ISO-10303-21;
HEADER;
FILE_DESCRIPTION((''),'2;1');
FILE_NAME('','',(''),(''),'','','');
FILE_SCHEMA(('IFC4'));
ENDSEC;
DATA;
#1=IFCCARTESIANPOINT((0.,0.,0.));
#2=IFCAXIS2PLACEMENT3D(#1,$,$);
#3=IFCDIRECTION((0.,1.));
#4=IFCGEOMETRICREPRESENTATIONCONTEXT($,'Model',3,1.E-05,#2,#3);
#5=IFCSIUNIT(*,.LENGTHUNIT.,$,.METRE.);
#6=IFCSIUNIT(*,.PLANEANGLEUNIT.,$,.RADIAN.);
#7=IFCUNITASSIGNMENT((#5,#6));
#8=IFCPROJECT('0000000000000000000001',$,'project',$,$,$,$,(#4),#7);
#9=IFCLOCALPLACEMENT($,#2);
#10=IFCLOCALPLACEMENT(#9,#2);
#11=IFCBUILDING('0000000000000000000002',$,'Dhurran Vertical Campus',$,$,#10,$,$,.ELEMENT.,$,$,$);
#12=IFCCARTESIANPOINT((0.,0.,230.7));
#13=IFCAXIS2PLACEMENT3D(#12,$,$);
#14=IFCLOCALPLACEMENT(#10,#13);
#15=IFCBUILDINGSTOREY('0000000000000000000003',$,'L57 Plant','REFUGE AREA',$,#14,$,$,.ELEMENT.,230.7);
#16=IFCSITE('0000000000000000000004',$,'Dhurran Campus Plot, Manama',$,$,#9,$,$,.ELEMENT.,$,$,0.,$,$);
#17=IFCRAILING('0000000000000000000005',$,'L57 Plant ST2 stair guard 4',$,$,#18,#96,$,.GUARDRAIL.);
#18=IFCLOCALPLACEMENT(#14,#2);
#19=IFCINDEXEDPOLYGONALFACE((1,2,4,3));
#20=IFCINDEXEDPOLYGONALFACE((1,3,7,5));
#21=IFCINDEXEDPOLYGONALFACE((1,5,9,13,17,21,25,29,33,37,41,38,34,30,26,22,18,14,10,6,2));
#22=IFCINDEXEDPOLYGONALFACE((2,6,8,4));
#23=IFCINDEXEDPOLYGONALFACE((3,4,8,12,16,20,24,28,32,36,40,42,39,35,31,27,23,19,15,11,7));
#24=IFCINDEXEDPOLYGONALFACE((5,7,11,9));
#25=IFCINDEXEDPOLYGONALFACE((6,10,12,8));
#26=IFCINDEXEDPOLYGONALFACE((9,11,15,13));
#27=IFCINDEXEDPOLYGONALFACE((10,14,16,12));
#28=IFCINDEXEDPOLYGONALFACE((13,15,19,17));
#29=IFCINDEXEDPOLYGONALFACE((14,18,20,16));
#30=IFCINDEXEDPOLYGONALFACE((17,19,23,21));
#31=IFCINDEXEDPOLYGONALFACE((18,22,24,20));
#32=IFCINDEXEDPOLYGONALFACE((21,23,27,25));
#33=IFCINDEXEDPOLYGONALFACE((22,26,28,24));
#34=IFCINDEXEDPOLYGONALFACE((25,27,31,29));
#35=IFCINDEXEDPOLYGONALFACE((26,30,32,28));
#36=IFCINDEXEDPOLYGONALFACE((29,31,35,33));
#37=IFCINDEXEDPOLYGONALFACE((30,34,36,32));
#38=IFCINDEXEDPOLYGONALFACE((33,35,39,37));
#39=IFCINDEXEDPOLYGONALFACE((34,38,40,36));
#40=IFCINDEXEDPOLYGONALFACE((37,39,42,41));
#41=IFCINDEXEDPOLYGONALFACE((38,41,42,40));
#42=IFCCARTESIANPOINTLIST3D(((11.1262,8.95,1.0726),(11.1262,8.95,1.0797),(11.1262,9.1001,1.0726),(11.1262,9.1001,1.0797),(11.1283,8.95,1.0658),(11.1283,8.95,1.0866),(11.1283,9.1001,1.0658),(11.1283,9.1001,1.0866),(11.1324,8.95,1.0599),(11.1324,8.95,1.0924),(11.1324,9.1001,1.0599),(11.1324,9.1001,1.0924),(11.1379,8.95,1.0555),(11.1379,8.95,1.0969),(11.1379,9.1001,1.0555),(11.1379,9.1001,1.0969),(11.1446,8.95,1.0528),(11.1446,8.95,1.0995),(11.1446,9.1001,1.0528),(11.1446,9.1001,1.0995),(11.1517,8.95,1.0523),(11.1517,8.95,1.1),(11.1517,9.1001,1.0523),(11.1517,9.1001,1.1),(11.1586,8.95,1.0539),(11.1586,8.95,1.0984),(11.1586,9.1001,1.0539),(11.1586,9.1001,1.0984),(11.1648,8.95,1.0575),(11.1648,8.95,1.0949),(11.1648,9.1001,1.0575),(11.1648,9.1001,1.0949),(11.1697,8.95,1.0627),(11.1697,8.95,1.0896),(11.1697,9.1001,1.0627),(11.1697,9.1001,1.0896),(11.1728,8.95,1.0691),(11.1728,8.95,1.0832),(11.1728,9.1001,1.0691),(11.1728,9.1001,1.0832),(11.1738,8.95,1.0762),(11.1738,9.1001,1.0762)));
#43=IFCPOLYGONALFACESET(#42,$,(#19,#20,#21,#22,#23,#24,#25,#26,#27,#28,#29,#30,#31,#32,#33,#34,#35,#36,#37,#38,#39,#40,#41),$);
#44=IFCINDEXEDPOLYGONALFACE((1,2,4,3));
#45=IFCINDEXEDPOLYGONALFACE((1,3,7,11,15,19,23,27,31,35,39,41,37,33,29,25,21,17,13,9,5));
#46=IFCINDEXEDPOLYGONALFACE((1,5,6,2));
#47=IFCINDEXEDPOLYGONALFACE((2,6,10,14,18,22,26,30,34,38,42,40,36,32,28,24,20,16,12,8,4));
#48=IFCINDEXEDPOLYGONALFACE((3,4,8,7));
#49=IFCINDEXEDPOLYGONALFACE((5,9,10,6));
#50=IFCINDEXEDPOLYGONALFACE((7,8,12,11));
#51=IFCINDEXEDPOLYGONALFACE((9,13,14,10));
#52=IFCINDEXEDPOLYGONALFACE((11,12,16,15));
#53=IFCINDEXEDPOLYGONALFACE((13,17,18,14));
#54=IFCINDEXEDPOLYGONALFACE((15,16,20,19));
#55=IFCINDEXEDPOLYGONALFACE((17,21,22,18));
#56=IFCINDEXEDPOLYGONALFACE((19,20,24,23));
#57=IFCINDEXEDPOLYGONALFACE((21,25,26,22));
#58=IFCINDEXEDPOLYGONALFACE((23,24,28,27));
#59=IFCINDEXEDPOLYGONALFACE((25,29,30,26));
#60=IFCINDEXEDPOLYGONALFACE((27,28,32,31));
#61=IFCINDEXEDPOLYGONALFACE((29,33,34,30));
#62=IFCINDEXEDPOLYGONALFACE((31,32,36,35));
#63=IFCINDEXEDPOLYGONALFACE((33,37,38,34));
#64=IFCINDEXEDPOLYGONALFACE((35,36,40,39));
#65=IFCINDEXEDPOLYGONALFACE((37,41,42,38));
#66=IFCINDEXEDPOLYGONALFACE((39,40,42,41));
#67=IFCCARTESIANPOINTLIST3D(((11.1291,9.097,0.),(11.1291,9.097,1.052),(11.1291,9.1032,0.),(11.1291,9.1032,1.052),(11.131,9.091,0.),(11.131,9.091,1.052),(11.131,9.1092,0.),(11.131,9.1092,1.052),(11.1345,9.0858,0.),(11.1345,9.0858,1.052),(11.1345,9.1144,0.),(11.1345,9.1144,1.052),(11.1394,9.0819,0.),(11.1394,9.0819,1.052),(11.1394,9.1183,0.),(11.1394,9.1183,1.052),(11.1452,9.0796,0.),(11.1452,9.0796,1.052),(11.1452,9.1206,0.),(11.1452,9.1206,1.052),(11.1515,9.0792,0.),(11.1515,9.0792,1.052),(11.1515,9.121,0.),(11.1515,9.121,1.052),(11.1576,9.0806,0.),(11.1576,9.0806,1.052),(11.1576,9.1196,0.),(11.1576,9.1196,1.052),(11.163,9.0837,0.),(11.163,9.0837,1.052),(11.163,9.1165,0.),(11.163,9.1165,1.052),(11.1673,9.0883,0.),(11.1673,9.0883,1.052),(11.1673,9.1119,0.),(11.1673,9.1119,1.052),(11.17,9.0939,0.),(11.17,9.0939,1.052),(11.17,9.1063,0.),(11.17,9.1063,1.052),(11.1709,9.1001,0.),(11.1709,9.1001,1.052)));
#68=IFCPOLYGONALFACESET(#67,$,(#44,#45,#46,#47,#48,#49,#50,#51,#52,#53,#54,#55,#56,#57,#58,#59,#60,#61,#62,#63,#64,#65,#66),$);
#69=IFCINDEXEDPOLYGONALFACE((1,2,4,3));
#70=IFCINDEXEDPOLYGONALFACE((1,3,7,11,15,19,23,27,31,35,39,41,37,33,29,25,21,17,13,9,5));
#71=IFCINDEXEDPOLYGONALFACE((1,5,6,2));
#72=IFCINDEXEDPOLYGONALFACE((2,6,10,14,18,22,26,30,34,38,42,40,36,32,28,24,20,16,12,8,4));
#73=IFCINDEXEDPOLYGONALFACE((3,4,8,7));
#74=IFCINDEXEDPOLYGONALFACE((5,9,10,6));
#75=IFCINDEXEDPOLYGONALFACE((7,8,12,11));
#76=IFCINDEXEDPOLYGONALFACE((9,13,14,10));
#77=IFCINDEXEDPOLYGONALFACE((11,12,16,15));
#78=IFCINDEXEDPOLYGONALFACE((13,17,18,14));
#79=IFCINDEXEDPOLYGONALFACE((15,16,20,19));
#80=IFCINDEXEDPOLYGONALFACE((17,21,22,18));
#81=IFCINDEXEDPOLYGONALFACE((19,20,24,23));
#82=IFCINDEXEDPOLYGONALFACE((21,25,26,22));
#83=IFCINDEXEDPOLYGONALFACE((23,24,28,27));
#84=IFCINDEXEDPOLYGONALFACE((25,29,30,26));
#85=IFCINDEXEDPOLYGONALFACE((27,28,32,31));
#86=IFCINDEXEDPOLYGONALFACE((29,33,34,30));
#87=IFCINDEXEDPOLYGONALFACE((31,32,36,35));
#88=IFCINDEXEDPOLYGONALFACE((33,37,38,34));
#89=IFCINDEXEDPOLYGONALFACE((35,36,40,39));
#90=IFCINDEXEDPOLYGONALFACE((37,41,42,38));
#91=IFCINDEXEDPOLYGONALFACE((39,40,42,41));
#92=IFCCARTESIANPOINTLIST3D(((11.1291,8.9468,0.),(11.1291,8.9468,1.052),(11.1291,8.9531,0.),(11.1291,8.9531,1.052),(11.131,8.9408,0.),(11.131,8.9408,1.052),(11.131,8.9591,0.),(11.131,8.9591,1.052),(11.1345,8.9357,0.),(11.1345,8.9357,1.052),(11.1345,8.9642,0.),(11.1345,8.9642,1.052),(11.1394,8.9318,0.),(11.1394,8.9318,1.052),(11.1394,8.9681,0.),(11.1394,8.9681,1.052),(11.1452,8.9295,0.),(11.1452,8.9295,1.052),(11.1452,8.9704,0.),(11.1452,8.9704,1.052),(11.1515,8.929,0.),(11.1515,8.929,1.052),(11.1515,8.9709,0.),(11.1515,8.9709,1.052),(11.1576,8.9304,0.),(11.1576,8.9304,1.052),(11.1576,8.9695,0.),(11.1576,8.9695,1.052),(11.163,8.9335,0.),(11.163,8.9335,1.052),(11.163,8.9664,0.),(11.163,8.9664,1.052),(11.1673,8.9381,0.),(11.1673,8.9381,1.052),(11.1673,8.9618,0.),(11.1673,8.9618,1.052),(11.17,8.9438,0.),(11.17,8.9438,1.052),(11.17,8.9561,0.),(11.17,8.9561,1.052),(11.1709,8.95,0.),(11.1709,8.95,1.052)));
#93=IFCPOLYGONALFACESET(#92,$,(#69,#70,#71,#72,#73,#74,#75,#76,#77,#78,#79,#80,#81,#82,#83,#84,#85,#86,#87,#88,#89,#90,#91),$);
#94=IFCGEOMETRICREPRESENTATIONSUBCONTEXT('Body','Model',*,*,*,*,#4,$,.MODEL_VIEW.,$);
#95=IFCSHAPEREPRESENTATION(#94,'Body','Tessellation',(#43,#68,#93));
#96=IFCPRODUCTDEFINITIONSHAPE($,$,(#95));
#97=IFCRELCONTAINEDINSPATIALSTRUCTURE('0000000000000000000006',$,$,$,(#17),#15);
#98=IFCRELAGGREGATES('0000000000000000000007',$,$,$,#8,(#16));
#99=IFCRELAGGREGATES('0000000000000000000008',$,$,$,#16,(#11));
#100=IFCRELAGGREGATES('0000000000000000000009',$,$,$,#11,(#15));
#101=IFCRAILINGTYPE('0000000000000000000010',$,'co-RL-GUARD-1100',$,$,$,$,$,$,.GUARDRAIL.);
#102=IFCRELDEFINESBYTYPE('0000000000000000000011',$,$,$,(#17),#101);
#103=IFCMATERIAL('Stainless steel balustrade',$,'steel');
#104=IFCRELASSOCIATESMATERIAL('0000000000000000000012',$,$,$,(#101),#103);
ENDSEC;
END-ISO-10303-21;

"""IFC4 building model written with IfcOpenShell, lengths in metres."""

from ifc_helpers import new_model, si_unit, direction, frame, origin, origin_2d, place, context, subcontext, project, spatial, circle, extrude, material, type_object, element, save


model = new_model("IFC4")

# Units and contexts
model_context = context("Model", 3, precision=1e-05, world=origin(), true_north=direction((0.0, 1.0)))
body_context = subcontext(model_context, "Body", "Model", "MODEL_VIEW")
ifc_project = project(units=[si_unit("LENGTHUNIT", "METRE"), si_unit("PLANEANGLEUNIT", "RADIAN")], contexts=[model_context])

# Site, building, storey
site_placement = place(None, origin())
site = spatial("IfcSite", under=ifc_project, at=site_placement, Name="Dhurran Campus Plot, Manama", CompositionType="ELEMENT", RefElevation=0.0)
building_placement = place(site_placement, origin())
building = spatial("IfcBuilding", under=site, at=building_placement, Name="Dhurran Vertical Campus", CompositionType="ELEMENT")
storey_placement = place(building_placement, frame((0.0, 0.0, 230.7)))
storey = spatial("IfcBuildingStorey", under=building, at=storey_placement, Name="L57 Plant", Description="REFUGE AREA", CompositionType="ELEMENT", Elevation=230.7)

# Railing
ifc_material_1 = material(Name="Stainless steel balustrade", Category="steel")
railing_type_1 = type_object("IfcRailingType", Name="co-RL-GUARD-1100", PredefinedType="GUARDRAIL", material=ifc_material_1)
railing_1_placement = place(storey_placement, frame((11.1499, 9.1001, 0.0)))
element("IfcRailing", 1, at=railing_1_placement, inside=storey, type_object=railing_type_1, Name="L57 Plant ST2 stair guard 4", PredefinedType="GUARDRAIL", context=body_context, shape_type="SweptSolid", body=[
    extrude(circle(Radius=0.0239, at=origin_2d()), frame((0.0, 0.0, 1.0762), z_axis=(0.0, -1.0, 0.0), x_axis=(1.0, 0.0, 0.0)), (0.0, 0.0, 1.0), 0.1501),
    extrude(circle(Radius=0.021, at=origin_2d()), origin(), (0.0, 0.0, 1.0), 1.052),
    extrude(circle(Radius=0.021, at=origin_2d()), frame((0.0, -0.1501, 0.0)), (0.0, 0.0, 1.0), 1.052),
])

save(model, "model.ifc")
